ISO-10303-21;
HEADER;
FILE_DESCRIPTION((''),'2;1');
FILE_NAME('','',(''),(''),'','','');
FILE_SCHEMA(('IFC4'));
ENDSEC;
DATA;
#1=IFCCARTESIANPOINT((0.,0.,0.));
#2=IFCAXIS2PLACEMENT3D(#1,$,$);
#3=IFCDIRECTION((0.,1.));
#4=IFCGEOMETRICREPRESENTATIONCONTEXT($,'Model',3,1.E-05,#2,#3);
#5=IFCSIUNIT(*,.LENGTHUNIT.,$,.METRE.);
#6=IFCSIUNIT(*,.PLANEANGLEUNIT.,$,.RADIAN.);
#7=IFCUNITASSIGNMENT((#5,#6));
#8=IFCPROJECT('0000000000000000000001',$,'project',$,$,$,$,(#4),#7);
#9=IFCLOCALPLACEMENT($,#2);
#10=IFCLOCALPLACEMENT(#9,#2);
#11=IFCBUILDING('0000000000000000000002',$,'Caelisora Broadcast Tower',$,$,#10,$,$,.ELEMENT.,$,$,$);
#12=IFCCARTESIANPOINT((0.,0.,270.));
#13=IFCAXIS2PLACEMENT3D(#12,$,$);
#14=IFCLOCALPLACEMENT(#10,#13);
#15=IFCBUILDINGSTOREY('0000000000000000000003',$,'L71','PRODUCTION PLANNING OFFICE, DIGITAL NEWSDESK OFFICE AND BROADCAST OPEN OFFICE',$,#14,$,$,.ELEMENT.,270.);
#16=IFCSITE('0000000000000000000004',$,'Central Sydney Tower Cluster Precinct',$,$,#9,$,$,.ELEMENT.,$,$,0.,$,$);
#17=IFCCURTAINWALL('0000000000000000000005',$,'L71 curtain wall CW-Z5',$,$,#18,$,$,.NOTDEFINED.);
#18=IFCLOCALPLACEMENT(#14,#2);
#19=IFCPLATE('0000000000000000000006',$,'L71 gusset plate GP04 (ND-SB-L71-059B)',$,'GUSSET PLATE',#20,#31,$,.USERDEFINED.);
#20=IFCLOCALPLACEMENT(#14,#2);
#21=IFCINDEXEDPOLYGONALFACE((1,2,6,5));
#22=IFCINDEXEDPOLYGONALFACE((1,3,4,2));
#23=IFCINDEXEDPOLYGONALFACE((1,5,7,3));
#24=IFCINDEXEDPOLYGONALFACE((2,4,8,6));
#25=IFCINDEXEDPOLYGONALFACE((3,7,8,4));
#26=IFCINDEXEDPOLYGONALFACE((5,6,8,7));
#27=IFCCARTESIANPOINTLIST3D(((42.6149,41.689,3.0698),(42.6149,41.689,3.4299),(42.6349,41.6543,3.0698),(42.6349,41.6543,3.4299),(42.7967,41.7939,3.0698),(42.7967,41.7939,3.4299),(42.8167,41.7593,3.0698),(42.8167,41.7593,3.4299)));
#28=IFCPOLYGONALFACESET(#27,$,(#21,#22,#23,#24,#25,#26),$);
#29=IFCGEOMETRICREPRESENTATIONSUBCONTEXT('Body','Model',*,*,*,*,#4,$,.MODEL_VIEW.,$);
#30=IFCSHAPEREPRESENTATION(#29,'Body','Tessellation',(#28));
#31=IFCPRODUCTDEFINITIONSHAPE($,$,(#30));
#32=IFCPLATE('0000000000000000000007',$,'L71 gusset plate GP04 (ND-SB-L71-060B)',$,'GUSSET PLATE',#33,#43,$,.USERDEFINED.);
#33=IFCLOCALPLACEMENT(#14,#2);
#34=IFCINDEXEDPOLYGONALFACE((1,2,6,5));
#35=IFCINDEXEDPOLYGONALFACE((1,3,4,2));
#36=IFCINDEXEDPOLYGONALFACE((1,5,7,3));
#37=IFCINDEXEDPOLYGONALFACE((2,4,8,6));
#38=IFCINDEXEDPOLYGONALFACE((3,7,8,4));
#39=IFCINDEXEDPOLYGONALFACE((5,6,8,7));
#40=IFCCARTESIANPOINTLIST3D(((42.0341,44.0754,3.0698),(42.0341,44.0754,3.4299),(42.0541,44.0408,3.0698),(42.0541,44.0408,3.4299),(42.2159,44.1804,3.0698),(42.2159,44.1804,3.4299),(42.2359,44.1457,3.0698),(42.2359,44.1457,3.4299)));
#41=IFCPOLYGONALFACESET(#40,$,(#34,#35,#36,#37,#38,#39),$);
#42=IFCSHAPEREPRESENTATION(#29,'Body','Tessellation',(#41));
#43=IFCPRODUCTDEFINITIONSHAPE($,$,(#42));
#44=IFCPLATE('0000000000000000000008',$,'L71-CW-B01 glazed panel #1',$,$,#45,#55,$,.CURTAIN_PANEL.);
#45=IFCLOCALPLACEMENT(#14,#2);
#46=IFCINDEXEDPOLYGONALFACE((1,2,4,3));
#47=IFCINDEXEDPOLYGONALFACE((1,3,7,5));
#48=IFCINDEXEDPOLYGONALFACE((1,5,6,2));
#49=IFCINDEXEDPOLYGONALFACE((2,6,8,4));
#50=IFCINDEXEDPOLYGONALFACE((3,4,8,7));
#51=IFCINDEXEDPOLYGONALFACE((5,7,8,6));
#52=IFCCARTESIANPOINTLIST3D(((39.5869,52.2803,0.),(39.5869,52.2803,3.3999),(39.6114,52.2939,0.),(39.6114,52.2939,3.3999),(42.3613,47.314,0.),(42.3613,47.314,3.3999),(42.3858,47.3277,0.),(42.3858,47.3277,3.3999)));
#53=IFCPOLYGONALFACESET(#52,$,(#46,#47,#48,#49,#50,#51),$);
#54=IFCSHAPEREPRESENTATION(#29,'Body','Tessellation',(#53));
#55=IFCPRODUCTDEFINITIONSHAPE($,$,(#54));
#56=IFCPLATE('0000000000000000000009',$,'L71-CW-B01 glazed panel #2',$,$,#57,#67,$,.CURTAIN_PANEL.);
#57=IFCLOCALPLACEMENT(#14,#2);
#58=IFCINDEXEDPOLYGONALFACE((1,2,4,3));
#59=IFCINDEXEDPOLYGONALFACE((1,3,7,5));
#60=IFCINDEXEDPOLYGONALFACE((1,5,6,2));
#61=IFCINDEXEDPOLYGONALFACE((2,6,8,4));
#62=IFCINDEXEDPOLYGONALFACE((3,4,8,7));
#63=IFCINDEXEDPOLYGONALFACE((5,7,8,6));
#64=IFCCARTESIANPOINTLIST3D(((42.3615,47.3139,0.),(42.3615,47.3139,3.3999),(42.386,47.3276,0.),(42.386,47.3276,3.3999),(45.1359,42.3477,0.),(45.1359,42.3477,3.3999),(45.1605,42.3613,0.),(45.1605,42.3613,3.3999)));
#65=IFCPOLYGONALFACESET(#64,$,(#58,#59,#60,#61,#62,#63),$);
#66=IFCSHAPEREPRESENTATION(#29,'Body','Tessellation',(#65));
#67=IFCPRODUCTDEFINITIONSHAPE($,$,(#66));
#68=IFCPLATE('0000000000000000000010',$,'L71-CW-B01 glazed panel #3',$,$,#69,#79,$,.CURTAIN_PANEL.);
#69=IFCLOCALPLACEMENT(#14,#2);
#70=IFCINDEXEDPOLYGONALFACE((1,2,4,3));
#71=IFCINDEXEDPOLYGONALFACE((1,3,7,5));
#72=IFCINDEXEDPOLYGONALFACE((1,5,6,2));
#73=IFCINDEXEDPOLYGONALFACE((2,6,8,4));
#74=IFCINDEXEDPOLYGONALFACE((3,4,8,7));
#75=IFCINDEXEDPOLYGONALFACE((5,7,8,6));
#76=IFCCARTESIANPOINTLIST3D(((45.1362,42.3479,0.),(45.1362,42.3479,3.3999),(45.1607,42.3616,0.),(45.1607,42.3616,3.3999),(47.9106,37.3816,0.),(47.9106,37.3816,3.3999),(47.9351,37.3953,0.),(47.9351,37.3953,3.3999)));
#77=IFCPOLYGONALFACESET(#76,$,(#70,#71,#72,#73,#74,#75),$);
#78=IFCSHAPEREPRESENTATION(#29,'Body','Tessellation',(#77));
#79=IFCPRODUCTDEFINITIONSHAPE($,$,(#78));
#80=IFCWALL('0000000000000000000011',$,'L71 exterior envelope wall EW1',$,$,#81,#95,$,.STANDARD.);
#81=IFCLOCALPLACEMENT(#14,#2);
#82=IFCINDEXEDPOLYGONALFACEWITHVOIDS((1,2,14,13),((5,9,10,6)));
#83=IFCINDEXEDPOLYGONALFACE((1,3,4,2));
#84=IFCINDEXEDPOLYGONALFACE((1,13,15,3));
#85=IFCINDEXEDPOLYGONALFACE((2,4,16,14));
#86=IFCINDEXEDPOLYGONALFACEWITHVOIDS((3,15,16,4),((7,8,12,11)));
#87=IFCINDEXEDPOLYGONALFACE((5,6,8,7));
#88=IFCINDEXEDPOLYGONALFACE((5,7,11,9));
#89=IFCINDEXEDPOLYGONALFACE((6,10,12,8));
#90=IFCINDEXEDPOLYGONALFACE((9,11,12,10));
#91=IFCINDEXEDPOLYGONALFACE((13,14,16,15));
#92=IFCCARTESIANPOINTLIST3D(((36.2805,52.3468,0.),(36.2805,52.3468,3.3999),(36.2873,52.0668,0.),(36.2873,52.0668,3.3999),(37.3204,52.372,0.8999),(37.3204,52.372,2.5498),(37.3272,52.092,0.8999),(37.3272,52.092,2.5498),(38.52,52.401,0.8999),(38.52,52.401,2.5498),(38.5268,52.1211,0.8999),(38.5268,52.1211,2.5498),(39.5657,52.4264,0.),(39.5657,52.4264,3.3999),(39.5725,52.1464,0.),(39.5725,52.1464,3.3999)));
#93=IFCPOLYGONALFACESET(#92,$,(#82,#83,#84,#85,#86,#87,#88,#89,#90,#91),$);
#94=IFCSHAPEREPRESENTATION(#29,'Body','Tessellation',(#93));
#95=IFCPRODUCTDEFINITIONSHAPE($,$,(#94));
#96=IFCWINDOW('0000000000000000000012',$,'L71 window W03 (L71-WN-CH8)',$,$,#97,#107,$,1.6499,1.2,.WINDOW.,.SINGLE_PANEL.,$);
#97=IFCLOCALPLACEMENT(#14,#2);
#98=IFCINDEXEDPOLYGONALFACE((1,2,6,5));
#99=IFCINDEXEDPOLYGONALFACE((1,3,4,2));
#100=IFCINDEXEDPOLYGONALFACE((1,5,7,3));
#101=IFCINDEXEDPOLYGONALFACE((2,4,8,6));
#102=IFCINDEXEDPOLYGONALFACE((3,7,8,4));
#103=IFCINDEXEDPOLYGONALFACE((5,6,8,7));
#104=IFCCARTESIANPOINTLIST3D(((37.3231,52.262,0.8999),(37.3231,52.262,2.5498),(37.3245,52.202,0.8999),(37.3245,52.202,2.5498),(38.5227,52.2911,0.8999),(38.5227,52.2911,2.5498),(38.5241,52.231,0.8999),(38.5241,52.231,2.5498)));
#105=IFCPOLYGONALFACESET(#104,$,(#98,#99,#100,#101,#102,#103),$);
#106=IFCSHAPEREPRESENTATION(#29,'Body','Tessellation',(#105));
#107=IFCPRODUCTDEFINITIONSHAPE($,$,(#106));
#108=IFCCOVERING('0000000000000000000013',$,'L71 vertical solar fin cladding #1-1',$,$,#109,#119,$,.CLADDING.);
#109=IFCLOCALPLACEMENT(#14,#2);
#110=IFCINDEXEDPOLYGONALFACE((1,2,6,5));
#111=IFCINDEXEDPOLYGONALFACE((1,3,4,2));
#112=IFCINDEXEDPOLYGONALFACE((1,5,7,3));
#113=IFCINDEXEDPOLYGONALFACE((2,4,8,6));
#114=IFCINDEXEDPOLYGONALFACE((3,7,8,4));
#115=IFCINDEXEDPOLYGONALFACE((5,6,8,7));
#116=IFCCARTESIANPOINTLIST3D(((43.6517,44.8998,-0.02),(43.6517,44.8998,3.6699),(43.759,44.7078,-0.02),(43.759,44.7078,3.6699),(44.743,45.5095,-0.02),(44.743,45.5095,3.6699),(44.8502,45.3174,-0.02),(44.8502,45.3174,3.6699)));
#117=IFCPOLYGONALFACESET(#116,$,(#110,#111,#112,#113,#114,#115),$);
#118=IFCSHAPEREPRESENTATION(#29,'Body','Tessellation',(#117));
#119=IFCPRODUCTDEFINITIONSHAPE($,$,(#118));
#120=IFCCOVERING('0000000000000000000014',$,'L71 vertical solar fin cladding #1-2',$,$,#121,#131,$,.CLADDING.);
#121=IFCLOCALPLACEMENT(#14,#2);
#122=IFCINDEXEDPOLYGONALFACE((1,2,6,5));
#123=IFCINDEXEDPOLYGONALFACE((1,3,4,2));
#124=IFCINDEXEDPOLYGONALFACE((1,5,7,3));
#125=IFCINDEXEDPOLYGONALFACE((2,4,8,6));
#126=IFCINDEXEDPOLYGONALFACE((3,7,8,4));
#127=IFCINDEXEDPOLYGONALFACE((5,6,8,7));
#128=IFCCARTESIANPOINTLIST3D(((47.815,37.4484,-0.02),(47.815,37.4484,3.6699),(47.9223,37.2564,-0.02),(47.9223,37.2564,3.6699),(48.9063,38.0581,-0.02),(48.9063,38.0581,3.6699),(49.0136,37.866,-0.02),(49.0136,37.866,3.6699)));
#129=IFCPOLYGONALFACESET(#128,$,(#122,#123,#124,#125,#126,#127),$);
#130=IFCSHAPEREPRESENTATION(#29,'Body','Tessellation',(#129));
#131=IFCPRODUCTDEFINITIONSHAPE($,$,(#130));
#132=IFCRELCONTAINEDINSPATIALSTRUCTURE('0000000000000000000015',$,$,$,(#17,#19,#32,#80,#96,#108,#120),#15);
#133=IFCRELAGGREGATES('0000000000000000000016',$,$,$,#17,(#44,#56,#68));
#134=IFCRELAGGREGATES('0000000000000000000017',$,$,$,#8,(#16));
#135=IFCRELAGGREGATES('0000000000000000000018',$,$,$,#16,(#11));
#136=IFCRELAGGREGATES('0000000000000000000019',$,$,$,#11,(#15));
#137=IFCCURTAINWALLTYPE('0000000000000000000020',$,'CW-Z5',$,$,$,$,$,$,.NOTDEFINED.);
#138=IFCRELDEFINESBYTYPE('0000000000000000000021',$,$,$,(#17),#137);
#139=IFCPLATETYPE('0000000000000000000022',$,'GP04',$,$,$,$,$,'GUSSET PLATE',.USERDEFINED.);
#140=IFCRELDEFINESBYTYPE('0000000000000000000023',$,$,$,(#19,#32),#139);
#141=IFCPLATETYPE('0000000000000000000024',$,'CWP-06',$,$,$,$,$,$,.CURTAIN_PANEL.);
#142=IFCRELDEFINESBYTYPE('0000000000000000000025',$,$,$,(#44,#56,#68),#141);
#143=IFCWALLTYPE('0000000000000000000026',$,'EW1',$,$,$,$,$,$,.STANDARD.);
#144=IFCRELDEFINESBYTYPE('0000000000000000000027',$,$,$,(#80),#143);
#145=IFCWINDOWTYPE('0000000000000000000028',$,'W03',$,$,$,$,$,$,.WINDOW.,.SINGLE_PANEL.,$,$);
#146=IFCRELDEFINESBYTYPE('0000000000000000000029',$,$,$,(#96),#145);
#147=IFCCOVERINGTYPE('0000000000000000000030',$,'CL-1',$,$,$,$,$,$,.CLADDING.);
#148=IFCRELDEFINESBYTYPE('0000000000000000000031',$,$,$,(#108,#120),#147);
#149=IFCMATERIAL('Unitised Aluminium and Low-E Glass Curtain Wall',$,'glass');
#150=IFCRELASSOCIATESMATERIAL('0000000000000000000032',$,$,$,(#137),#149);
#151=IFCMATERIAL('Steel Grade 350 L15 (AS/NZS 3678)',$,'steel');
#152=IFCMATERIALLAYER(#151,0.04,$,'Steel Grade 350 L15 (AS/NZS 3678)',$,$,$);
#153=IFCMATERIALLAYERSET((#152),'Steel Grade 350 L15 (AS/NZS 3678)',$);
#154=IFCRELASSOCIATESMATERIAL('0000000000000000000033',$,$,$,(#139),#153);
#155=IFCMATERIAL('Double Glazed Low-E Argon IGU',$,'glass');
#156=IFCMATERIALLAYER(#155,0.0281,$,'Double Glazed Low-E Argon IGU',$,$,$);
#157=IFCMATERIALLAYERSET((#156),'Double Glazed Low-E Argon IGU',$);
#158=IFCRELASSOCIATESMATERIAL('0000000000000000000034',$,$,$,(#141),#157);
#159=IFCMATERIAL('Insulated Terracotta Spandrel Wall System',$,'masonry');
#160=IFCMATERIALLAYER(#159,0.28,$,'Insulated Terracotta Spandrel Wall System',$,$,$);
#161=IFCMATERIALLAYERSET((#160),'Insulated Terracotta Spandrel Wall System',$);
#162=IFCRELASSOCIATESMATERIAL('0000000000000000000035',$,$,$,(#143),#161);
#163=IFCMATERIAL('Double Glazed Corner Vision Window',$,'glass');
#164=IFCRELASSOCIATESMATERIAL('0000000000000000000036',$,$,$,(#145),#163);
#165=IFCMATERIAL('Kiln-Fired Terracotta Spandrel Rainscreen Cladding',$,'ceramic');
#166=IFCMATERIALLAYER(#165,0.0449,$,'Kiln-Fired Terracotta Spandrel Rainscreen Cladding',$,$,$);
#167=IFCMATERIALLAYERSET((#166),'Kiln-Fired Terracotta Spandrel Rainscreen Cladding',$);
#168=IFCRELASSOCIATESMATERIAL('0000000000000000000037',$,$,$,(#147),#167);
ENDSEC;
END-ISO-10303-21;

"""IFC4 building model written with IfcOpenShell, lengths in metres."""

from ifc_helpers import new_model, si_unit, direction, frame, frame_2d, origin, origin_2d, place, context, subcontext, project, spatial, rectangle, extrude, source, transform, mapped, material, layer, layer_set, type_object, type_shapes, element, fill, aggregate, save


model = new_model("IFC4")

# Units and contexts
model_context = context("Model", 3, precision=1e-05, world=origin(), true_north=direction((0.0, 1.0)))
body_context = subcontext(model_context, "Body", "Model", "MODEL_VIEW")
ifc_project = project(units=[si_unit("LENGTHUNIT", "METRE"), si_unit("PLANEANGLEUNIT", "RADIAN")], contexts=[model_context])

# Site, building, storey
site_placement = place(None, origin())
site = spatial("IfcSite", under=ifc_project, at=site_placement, Name="Central Sydney Tower Cluster Precinct", CompositionType="ELEMENT", RefElevation=0.0)
building_placement = place(site_placement, origin())
building = spatial("IfcBuilding", under=site, at=building_placement, Name="Caelisora Broadcast Tower", CompositionType="ELEMENT")
storey_placement = place(building_placement, frame((0.0, 0.0, 270.0)))
storey = spatial("IfcBuildingStorey", under=building, at=storey_placement, Name="L71", Description="PRODUCTION PLANNING OFFICE, DIGITAL NEWSDESK OFFICE AND BROADCAST OPEN OFFICE", CompositionType="ELEMENT", Elevation=270.0)

# Shared definitions
ifc_material_1 = material(Name="Steel Grade 350 L15 (AS/NZS 3678)", Category="steel")

# Curtain wall
ifc_material_2 = material(Name="Unitised Aluminium and Low-E Glass Curtain Wall", Category="glass")
curtain_wall_type_1 = type_object("IfcCurtainWallType", Name="CW-Z5", PredefinedType="NOTDEFINED", material=ifc_material_2)
curtain_wall_1_placement = place(storey_placement, origin())
curtain_wall_1 = element("IfcCurtainWall", 1, at=curtain_wall_1_placement, inside=storey, type_object=curtain_wall_type_1, Name="L71 curtain wall CW-Z5", PredefinedType="NOTDEFINED")

# Plates
ifc_layer_1 = layer(ifc_material_1, 0.04, Name="Steel Grade 350 L15 (AS/NZS 3678)")
ifc_layer_set_1 = layer_set([ifc_layer_1], Name="Steel Grade 350 L15 (AS/NZS 3678)")
plate_type_1 = type_object("IfcPlateType", Name="GP04", ElementType="GUSSET PLATE", PredefinedType="USERDEFINED", material=ifc_layer_set_1)
shared_shape_1 = source(origin(), body_context, "Body", "SweptSolid", [
    extrude(rectangle(XDim=0.21, YDim=0.04, at=origin_2d()), origin(), (0.0, 0.0, 1.0), 0.3601),
])
type_shapes(plate_type_1, [shared_shape_1])
for number, where, z_axis, x_axis, name in (
    (2, (42.7158, 41.7241, 3.0698), (0.0, 0.0, 1.0), (-0.866025, -0.5, 0.0), "L71 gusset plate GP04 (ND-SB-L71-059B)"),
    (3, (42.135, 44.1106, 3.0698), (0.0, 0.0, 1.0), (-0.866025, -0.5, 0.0), "L71 gusset plate GP04 (ND-SB-L71-060B)"),
):
    element("IfcPlate", number, at=place(storey_placement, frame(where, z_axis=z_axis, x_axis=x_axis)), inside=storey, type_object=plate_type_1, Name=name, ObjectType="GUSSET PLATE", PredefinedType="USERDEFINED", context=body_context, shape_type="MappedRepresentation", body=[
        mapped(shared_shape_1, transform((0.0, 0.0, 0.0), scale=1.0)),
    ])

# Plates
ifc_material_3 = material(Name="Double Glazed Low-E Argon IGU", Category="glass")
ifc_layer_2 = layer(ifc_material_3, 0.0281, Name="Double Glazed Low-E Argon IGU")
ifc_layer_set_2 = layer_set([ifc_layer_2], Name="Double Glazed Low-E Argon IGU")
plate_type_2 = type_object("IfcPlateType", Name="CWP-06", PredefinedType="CURTAIN_PANEL", material=ifc_layer_set_2)
shared_shape_2 = source(origin(), body_context, "Body", "SweptSolid", [
    extrude(rectangle(XDim=5.6887, YDim=0.0281, at=origin_2d()), origin(), (0.0, 0.0, 1.0), 3.3999),
])
type_shapes(plate_type_2, [shared_shape_2])
plate_1_placement = place(storey_placement, frame((40.9863, 49.804, 0.0), z_axis=(0.0, 0.0, 1.0), x_axis=(0.487707, -0.873007, 0.0)))
plate_1 = element("IfcPlate", 4, at=plate_1_placement, type_object=plate_type_2, Name="L71-CW-B01 glazed panel #1", PredefinedType="CURTAIN_PANEL", context=body_context, shape_type="MappedRepresentation", body=[
    mapped(shared_shape_2, transform((0.0, 0.0, 0.0), scale=1.0)),
])
plate_2_placement = place(storey_placement, frame((43.761, 44.8376, 0.0), z_axis=(0.0, 0.0, 1.0), x_axis=(0.487707, -0.873007, 0.0)))
plate_2 = element("IfcPlate", 5, at=plate_2_placement, type_object=plate_type_2, Name="L71-CW-B01 glazed panel #2", PredefinedType="CURTAIN_PANEL", context=body_context, shape_type="MappedRepresentation", body=[
    mapped(shared_shape_2, transform((0.0, 0.0, 0.0), scale=1.0)),
])
plate_3_placement = place(storey_placement, frame((46.5356, 39.8716, 0.0), z_axis=(0.0, 0.0, 1.0), x_axis=(0.487707, -0.873007, 0.0)))
plate_3 = element("IfcPlate", 6, at=plate_3_placement, type_object=plate_type_2, Name="L71-CW-B01 glazed panel #3", PredefinedType="CURTAIN_PANEL", context=body_context, shape_type="MappedRepresentation", body=[
    mapped(shared_shape_2, transform((0.0, 0.0, 0.0), scale=1.0)),
])
aggregate(curtain_wall_1, [plate_1, plate_2, plate_3])

# Wall, opening, window
ifc_material_4 = material(Name="Insulated Terracotta Spandrel Wall System", Category="masonry")
ifc_layer_3 = layer(ifc_material_4, 0.28, Name="Insulated Terracotta Spandrel Wall System")
ifc_layer_set_3 = layer_set([ifc_layer_3], Name="Insulated Terracotta Spandrel Wall System")
wall_type = type_object("IfcWallType", Name="EW1", PredefinedType="STANDARD", material=ifc_layer_set_3)
wall_placement = place(storey_placement, frame((36.2839, 52.2068, 0.0), z_axis=(0.0, 0.0, 1.0), x_axis=(0.999707, 0.02422, 0.0)))
wall = element("IfcWall", 7, at=wall_placement, inside=storey, type_object=wall_type, Name="L71 exterior envelope wall EW1", PredefinedType="STANDARD", context=body_context, shape_type="SweptSolid", body=[
    extrude(rectangle(XDim=3.2861, YDim=0.28, at=frame_2d((1.6431, 0.0))), origin(), (0.0, 0.0, 1.0), 3.3999),
])
opening_placement = place(wall_placement, frame((1.04, 0.0, 0.8999)))
opening = element("IfcOpeningElement", 8, at=opening_placement, cuts=wall, PredefinedType="OPENING", context=body_context, shape_type="SweptSolid", body=[
    extrude(rectangle(XDim=1.2, YDim=1.6499, at=frame_2d((0.6001, 0.825))), frame((0.0, 0.1521, 0.0), z_axis=(0.0, -1.0, 0.0), x_axis=(1.0, 0.0, 0.0)), (0.0, 0.0, 1.0), 0.304),
])
ifc_material_5 = material(Name="Double Glazed Corner Vision Window", Category="glass")
window_type = type_object("IfcWindowType", Name="W03", PartitioningType="SINGLE_PANEL", PredefinedType="WINDOW", material=ifc_material_5)
window_placement = place(opening_placement, origin())
window = element("IfcWindow", 9, at=window_placement, inside=storey, type_object=window_type, Name="L71 window W03 (L71-WN-CH8)", OverallHeight=1.6499, OverallWidth=1.2, PartitioningType="SINGLE_PANEL", PredefinedType="WINDOW", context=body_context, shape_type="SweptSolid", body=[
    extrude(rectangle(XDim=1.2, YDim=1.6499, at=frame_2d((0.6001, 0.825))), frame((0.0, 0.03, 0.0), z_axis=(0.0, -1.0, 0.0), x_axis=(1.0, 0.0, 0.0)), (0.0, 0.0, 1.0), 0.0601),
])
fill(opening, window)

# Coverings
ifc_material_6 = material(Name="Kiln-Fired Terracotta Spandrel Rainscreen Cladding", Category="ceramic")
ifc_layer_4 = layer(ifc_material_6, 0.0449, Name="Kiln-Fired Terracotta Spandrel Rainscreen Cladding")
ifc_layer_set_4 = layer_set([ifc_layer_4], Name="Kiln-Fired Terracotta Spandrel Rainscreen Cladding")
covering_type = type_object("IfcCoveringType", Name="CL-1", PredefinedType="CLADDING", material=ifc_layer_set_4)
shared_shape_3 = source(origin(), body_context, "Body", "SweptSolid", [
    extrude(rectangle(XDim=0.22, YDim=1.25, at=origin_2d()), origin(), (0.0, 0.0, 1.0), 3.6899),
])
type_shapes(covering_type, [shared_shape_3])
for number, where, z_axis, x_axis, name in (
    (10, (44.251, 45.1086, -0.02), (0.0, 0.0, 1.0), (0.487707, -0.873007, 0.0), "L71 vertical solar fin cladding #1-1"),
    (11, (48.4143, 37.6572, -0.02), (0.0, 0.0, 1.0), (0.487707, -0.873007, 0.0), "L71 vertical solar fin cladding #1-2"),
):
    element("IfcCovering", number, at=place(storey_placement, frame(where, z_axis=z_axis, x_axis=x_axis)), inside=storey, type_object=covering_type, Name=name, PredefinedType="CLADDING", context=body_context, shape_type="MappedRepresentation", body=[
        mapped(shared_shape_3, transform((0.0, 0.0, 0.0), scale=1.0)),
    ])

save(model, "model.ifc")
